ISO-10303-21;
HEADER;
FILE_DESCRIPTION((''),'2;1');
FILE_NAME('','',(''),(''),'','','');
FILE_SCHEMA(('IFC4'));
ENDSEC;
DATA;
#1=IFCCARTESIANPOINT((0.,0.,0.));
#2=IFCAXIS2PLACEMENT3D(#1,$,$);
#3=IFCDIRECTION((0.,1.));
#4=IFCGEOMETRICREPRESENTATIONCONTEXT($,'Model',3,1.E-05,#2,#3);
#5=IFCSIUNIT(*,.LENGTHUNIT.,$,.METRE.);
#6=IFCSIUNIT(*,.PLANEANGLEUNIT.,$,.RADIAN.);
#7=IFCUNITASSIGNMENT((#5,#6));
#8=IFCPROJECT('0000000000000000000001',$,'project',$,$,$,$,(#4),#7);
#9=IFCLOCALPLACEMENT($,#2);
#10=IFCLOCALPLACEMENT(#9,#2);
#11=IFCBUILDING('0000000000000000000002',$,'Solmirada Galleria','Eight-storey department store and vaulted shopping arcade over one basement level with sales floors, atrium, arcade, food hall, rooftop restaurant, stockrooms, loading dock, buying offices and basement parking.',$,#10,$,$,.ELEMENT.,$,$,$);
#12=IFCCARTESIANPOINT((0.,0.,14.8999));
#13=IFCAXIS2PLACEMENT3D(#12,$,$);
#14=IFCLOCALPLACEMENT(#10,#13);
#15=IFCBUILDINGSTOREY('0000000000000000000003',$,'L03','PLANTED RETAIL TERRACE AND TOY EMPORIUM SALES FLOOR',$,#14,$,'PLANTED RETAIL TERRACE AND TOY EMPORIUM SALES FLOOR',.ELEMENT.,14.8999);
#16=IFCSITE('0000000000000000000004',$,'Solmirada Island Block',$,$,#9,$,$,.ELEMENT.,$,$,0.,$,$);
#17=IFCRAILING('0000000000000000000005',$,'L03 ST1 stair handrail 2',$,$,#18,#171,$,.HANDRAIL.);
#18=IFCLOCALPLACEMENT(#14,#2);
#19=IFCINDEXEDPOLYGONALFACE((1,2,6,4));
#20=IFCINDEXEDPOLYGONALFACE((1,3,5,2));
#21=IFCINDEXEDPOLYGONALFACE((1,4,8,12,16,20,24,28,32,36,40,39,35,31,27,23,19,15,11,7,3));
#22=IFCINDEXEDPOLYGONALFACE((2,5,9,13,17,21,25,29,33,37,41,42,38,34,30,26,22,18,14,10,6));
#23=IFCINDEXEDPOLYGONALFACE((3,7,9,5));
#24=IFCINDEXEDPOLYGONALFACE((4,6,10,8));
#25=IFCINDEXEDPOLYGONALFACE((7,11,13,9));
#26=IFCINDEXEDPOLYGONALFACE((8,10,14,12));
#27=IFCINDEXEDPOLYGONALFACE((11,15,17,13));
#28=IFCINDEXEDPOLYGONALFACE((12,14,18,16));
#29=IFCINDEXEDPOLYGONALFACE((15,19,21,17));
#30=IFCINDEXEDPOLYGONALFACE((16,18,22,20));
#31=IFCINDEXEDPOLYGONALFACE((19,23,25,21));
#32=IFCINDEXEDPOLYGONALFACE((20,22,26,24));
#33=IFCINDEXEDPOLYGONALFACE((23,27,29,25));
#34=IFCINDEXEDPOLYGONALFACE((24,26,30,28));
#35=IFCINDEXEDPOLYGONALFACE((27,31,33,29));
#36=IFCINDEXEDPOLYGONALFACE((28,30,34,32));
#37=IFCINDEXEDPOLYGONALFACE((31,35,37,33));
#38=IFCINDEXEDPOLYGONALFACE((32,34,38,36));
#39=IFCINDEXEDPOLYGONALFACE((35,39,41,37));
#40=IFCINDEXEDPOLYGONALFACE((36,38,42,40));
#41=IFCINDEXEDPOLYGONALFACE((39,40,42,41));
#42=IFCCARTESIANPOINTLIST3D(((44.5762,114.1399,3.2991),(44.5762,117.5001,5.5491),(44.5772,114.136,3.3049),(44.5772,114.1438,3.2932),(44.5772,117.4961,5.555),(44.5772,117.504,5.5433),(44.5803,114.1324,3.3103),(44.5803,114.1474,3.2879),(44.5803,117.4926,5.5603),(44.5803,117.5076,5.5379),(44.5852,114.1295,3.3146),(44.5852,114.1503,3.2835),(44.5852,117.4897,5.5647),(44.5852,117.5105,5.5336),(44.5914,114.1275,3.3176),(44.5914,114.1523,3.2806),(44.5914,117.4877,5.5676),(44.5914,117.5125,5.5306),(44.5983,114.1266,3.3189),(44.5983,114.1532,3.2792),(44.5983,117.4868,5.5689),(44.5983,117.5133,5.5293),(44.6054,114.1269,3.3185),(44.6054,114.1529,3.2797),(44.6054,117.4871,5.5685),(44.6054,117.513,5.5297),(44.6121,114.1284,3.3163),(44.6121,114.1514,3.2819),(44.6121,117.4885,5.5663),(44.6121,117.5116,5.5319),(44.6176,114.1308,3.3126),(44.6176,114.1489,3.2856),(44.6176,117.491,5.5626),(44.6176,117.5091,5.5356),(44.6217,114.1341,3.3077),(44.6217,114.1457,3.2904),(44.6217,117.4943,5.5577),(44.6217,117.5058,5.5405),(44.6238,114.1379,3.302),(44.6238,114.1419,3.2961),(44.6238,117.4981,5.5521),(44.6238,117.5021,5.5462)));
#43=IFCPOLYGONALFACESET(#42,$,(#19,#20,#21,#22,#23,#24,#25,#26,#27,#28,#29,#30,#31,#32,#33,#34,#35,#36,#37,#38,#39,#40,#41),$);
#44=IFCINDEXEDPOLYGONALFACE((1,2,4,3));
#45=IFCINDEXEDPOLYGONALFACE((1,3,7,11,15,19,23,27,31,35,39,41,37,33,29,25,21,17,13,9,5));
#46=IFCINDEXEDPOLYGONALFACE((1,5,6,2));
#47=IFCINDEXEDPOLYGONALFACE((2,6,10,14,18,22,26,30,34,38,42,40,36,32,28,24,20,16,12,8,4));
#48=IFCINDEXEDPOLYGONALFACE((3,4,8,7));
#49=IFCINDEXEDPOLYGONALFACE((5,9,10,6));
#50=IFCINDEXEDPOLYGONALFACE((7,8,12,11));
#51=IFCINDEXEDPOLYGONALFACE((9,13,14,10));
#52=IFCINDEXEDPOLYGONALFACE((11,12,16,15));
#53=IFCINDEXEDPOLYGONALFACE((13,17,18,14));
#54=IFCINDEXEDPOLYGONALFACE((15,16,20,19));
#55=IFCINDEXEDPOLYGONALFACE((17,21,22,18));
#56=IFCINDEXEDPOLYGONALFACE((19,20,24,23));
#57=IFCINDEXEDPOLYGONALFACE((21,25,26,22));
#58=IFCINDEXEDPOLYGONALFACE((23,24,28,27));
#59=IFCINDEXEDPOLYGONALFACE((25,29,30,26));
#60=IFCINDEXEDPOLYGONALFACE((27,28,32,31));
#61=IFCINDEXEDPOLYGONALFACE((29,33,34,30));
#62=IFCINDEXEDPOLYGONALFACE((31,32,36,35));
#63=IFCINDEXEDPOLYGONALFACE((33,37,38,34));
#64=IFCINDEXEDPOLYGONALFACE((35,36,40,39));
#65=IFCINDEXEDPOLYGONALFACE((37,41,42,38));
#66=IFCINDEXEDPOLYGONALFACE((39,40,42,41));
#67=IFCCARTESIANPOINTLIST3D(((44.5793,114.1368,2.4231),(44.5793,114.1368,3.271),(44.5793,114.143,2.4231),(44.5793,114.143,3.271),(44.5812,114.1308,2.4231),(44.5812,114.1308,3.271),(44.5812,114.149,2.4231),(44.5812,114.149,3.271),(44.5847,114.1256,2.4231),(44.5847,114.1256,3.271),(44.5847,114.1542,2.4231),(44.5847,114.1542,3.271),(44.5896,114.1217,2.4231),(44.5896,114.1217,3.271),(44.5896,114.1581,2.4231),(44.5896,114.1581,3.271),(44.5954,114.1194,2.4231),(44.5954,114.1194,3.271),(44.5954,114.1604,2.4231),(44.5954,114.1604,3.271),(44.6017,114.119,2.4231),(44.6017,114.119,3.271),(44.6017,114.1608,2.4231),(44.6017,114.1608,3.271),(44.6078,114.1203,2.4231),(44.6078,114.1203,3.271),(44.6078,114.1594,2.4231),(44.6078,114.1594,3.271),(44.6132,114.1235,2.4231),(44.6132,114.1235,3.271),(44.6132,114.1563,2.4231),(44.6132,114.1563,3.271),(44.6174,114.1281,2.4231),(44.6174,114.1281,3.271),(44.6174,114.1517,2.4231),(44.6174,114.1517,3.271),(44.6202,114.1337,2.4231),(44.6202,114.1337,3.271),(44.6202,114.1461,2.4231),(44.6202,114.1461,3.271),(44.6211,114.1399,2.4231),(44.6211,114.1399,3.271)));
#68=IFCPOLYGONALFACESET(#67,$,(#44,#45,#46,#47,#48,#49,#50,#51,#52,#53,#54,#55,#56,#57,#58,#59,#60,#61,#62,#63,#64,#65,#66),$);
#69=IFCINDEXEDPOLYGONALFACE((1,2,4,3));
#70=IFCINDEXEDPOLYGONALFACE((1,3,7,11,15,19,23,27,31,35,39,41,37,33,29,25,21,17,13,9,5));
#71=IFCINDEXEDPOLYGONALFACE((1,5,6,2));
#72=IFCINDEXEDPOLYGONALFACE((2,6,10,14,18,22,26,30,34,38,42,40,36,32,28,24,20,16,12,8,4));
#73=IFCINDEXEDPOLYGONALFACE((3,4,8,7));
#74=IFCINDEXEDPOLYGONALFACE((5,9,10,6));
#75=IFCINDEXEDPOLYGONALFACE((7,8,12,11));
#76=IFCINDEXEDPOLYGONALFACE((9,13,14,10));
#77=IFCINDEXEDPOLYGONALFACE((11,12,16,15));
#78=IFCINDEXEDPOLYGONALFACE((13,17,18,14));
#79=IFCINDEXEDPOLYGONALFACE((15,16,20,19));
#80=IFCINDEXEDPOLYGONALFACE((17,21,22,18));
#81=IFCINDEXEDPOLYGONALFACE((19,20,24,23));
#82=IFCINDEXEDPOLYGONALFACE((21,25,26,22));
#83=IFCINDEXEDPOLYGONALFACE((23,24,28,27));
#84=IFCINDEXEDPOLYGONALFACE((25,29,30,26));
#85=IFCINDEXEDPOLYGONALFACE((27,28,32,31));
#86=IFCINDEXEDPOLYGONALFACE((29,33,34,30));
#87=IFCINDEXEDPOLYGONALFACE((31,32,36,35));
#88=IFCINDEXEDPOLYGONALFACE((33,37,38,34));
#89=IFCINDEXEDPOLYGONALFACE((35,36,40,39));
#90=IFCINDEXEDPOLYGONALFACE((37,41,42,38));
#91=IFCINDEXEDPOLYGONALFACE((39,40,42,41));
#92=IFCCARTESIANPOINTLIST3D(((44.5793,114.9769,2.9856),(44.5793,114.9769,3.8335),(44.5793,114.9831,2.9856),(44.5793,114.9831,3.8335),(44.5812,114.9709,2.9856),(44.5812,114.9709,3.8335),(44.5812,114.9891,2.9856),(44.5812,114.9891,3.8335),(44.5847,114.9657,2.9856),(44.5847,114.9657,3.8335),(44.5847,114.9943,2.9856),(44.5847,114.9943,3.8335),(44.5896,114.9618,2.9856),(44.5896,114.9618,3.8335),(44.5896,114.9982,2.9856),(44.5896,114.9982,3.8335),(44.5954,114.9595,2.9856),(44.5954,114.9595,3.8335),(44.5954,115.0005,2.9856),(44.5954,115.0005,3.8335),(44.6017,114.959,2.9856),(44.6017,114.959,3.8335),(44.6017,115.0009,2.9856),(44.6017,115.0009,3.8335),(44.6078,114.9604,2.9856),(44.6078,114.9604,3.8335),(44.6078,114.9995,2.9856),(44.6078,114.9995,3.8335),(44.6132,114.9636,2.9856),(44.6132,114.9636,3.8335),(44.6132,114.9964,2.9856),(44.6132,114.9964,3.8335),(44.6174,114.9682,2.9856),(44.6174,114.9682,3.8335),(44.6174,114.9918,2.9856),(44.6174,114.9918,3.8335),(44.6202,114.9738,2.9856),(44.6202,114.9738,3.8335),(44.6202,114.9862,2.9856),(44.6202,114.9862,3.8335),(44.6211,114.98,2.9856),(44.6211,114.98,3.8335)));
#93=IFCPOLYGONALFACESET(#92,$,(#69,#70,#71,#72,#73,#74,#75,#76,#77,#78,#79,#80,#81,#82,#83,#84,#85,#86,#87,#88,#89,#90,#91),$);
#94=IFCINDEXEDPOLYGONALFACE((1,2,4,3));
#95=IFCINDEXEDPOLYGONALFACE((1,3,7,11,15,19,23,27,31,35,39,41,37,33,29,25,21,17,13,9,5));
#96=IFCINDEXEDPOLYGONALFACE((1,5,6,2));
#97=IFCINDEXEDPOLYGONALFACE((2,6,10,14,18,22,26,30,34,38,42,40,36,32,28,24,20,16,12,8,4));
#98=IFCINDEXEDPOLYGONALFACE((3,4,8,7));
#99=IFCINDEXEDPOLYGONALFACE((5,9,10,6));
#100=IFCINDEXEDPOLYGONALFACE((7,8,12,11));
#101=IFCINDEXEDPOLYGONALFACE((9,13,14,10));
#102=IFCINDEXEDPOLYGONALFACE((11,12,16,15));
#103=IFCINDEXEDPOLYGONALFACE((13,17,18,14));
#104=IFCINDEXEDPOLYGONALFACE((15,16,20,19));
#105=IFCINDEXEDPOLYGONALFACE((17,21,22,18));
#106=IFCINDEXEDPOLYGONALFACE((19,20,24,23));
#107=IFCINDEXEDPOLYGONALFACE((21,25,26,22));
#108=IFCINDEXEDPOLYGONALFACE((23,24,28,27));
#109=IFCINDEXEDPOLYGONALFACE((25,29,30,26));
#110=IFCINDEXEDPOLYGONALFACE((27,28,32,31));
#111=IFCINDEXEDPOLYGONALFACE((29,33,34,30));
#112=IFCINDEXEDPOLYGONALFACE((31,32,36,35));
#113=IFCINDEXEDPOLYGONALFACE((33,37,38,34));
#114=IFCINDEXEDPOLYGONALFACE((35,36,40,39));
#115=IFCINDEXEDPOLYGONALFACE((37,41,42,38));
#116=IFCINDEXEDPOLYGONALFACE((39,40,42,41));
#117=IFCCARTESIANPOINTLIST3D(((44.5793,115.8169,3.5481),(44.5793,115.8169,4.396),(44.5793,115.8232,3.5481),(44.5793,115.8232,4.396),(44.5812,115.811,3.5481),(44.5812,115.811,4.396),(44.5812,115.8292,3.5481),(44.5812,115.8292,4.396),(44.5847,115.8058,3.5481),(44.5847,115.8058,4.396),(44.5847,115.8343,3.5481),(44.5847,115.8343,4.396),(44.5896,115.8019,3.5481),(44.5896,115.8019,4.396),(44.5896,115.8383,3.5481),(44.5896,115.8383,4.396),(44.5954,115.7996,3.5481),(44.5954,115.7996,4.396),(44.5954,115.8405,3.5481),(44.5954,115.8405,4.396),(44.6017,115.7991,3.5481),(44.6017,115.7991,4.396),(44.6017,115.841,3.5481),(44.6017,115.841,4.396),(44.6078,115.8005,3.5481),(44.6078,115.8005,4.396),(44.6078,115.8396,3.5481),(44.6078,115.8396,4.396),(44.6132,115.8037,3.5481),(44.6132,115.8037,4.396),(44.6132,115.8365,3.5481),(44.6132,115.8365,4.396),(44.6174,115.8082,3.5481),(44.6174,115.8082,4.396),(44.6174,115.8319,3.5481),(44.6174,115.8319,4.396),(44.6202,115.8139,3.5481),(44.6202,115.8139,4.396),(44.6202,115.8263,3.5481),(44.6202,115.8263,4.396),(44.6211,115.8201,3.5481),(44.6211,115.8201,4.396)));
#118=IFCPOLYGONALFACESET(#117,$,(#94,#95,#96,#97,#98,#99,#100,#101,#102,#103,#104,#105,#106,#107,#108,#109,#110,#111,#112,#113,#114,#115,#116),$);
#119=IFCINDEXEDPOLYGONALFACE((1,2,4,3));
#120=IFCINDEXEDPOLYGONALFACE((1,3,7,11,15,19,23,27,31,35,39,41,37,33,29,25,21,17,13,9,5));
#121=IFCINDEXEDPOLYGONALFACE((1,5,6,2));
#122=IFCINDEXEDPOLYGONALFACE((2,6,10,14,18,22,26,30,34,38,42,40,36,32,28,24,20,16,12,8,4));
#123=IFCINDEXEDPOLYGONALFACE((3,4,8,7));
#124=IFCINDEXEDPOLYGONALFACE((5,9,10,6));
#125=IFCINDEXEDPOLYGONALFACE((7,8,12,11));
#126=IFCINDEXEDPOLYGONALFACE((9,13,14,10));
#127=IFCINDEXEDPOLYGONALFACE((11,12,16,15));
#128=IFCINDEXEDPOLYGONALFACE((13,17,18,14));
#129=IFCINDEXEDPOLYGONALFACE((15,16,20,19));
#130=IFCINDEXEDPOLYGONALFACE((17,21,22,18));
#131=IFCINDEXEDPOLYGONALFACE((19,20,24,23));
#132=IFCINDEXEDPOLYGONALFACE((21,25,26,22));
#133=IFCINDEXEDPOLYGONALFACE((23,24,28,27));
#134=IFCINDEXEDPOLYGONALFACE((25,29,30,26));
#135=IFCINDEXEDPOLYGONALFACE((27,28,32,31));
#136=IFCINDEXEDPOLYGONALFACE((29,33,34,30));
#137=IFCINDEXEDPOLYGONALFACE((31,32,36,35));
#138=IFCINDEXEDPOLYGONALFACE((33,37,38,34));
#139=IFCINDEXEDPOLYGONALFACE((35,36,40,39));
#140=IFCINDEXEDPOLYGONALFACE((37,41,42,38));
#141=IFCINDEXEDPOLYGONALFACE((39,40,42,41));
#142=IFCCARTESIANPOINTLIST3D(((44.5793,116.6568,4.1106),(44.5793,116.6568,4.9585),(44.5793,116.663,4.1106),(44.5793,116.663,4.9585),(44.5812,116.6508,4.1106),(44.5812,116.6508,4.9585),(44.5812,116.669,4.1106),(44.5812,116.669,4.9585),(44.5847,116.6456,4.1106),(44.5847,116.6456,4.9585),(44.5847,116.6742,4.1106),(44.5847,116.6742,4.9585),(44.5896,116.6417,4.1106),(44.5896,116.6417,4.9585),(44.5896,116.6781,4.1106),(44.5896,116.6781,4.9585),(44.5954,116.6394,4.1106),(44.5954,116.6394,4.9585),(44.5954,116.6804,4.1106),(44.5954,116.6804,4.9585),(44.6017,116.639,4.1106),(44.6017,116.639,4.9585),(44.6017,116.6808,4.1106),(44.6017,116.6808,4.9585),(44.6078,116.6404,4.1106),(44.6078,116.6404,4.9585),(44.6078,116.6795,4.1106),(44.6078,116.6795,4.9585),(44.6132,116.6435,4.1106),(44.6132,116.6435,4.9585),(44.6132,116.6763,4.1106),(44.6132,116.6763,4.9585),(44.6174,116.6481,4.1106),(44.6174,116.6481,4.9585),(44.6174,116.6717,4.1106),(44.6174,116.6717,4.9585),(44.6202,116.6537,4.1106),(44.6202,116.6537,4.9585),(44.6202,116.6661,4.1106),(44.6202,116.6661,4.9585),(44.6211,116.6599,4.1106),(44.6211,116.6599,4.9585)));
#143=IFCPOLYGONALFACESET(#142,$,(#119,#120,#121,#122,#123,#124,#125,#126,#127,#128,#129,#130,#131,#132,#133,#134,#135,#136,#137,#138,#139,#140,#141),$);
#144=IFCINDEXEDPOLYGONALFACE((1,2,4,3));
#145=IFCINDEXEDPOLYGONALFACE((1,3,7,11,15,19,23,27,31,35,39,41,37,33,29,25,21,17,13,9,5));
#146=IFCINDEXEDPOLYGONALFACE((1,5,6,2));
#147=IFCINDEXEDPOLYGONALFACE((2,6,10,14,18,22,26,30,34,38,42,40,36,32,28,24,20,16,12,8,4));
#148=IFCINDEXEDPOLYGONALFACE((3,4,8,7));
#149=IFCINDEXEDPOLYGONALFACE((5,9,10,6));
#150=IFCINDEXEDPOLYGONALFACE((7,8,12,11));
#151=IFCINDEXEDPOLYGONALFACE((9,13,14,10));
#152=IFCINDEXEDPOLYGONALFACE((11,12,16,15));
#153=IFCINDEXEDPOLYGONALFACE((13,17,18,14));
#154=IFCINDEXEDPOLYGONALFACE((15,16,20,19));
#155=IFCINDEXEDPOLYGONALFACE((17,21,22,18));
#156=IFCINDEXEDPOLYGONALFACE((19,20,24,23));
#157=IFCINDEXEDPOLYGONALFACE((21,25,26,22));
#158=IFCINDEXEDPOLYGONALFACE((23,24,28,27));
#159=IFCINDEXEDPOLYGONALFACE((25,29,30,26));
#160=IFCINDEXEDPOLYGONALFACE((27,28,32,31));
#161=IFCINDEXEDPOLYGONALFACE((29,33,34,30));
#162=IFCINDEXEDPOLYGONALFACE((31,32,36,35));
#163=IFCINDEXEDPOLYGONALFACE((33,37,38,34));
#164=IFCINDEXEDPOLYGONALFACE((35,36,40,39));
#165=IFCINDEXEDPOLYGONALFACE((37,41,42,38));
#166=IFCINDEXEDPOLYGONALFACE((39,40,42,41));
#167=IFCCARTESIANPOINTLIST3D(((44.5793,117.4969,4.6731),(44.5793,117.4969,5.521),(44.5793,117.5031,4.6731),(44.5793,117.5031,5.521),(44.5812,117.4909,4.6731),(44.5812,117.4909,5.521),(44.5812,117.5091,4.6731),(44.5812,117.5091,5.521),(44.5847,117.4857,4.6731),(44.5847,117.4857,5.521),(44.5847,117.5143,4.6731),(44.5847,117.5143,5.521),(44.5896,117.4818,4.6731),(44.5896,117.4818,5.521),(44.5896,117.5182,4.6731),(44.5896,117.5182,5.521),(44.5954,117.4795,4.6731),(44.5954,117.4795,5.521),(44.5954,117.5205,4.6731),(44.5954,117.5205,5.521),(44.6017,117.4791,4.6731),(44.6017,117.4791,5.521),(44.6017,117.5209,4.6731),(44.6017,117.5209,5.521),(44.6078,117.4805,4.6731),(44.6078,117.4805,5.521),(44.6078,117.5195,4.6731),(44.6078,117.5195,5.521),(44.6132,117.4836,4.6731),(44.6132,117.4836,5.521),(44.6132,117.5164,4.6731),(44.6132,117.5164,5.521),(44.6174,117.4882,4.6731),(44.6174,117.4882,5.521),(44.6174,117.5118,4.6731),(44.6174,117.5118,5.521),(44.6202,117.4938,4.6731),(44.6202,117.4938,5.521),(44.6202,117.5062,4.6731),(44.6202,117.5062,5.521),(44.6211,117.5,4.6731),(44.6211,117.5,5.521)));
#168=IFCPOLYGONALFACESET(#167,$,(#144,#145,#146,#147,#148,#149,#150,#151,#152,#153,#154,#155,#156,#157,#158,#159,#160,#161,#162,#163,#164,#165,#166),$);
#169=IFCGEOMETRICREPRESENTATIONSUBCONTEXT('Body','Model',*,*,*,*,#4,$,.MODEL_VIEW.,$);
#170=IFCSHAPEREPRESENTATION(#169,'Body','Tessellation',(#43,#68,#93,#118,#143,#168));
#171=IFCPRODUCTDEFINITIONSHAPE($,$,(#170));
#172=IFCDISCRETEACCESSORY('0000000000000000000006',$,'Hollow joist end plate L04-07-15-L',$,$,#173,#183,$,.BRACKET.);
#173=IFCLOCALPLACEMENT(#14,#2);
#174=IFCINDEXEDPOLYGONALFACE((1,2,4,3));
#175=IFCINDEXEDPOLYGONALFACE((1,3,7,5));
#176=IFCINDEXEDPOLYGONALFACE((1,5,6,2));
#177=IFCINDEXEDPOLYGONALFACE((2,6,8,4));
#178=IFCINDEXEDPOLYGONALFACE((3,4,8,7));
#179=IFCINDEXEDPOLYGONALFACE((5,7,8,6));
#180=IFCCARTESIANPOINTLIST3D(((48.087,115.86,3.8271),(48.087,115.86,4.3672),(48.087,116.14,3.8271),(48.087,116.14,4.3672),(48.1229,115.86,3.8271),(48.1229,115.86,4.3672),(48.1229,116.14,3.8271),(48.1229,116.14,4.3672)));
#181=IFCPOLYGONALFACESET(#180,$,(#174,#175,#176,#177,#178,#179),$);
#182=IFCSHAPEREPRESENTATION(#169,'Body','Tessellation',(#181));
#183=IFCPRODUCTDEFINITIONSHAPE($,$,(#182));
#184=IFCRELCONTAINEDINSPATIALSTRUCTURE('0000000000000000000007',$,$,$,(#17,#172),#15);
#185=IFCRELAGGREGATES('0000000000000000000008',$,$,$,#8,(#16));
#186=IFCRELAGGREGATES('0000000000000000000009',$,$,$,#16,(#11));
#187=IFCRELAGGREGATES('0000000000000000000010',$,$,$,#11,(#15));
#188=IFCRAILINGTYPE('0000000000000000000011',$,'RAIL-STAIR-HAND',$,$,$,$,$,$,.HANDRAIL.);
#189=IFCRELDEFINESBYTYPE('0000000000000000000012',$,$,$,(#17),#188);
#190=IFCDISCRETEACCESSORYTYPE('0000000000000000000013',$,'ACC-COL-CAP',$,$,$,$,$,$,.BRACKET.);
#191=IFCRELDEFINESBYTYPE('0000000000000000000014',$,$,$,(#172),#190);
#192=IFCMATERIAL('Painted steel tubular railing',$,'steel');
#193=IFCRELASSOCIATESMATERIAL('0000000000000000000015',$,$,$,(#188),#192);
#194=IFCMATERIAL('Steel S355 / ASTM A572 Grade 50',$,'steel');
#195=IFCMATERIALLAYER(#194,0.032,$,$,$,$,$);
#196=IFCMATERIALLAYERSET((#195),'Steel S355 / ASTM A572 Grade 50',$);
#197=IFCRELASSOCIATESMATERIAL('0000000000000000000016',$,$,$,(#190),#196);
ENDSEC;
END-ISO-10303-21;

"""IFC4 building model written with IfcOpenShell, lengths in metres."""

from ifc_helpers import new_model, si_unit, direction, frame, origin, origin_2d, place, context, subcontext, project, spatial, rectangle, circle, extrude, material, layer, layer_set, type_object, element, save


model = new_model("IFC4")

# Units and contexts
model_context = context("Model", 3, precision=1e-05, world=origin(), true_north=direction((0.0, 1.0)))
body_context = subcontext(model_context, "Body", "Model", "MODEL_VIEW")
ifc_project = project(units=[si_unit("LENGTHUNIT", "METRE"), si_unit("PLANEANGLEUNIT", "RADIAN")], contexts=[model_context])

# Site, building, storey
site_placement = place(None, origin())
site = spatial("IfcSite", under=ifc_project, at=site_placement, Name="Solmirada Island Block", CompositionType="ELEMENT", RefElevation=0.0)
building_placement = place(site_placement, origin())
building = spatial("IfcBuilding", under=site, at=building_placement, Name="Solmirada Galleria", Description="Eight-storey department store and vaulted shopping arcade over one basement level with sales floors, atrium, arcade, food hall, rooftop restaurant, stockrooms, loading dock, buying offices and basement parking.", CompositionType="ELEMENT")
storey_placement = place(building_placement, frame((0.0, 0.0, 14.8999)))
storey = spatial("IfcBuildingStorey", under=building, at=storey_placement, Name="L03", Description="PLANTED RETAIL TERRACE AND TOY EMPORIUM SALES FLOOR", LongName="PLANTED RETAIL TERRACE AND TOY EMPORIUM SALES FLOOR", CompositionType="ELEMENT", Elevation=14.8999)

# Railing
ifc_material_1 = material(Name="Painted steel tubular railing", Category="steel")
railing_type_1 = type_object("IfcRailingType", Name="RAIL-STAIR-HAND", PredefinedType="HANDRAIL", material=ifc_material_1)
railing_1_placement = place(storey_placement, frame((44.6001, 114.1399, 2.4231)))
element("IfcRailing", 1, at=railing_1_placement, inside=storey, type_object=railing_type_1, Name="L03 ST1 stair handrail 2", PredefinedType="HANDRAIL", context=body_context, shape_type="SweptSolid", body=[
    extrude(circle(Radius=0.0239, at=origin_2d()), frame((0.0, 0.0, 0.876), z_axis=(0.0, 0.830915, 0.556399), x_axis=(-1.0, 0.0, 0.0)), (0.0, 0.0, 1.0), 4.0439),
    extrude(circle(Radius=0.021, at=origin_2d()), origin(), (0.0, 0.0, 1.0), 0.8479),
    extrude(circle(Radius=0.021, at=origin_2d()), frame((0.0, 0.8401, 0.5625)), (0.0, 0.0, 1.0), 0.8479),
    extrude(circle(Radius=0.021, at=origin_2d()), frame((0.0, 1.6802, 1.125)), (0.0, 0.0, 1.0), 0.8479),
    extrude(circle(Radius=0.021, at=origin_2d()), frame((0.0, 2.52, 1.6875)), (0.0, 0.0, 1.0), 0.8479),
    extrude(circle(Radius=0.021, at=origin_2d()), frame((0.0, 3.3601, 2.25)), (0.0, 0.0, 1.0), 0.8479),
])

# Discrete accessory
ifc_material_2 = material(Name="Steel S355 / ASTM A572 Grade 50", Category="steel")
ifc_layer_1 = layer(ifc_material_2, 0.032)
ifc_layer_set_1 = layer_set([ifc_layer_1], Name="Steel S355 / ASTM A572 Grade 50")
discrete_accessory_type = type_object("IfcDiscreteAccessoryType", Name="ACC-COL-CAP", PredefinedType="BRACKET", material=ifc_layer_set_1)
discrete_accessory_placement = place(storey_placement, frame((48.105, 116.0, 3.8271), z_axis=(0.0, 0.0, 1.0), x_axis=(1.0, 0.0, 0.0)))
element("IfcDiscreteAccessory", 2, at=discrete_accessory_placement, inside=storey, type_object=discrete_accessory_type, Name="Hollow joist end plate L04-07-15-L", PredefinedType="BRACKET", context=body_context, shape_type="SweptSolid", body=[
    extrude(rectangle(XDim=0.0359, YDim=0.28, at=origin_2d()), origin(), (0.0, 0.0, 1.0), 0.54),
])

save(model, "model.ifc")
